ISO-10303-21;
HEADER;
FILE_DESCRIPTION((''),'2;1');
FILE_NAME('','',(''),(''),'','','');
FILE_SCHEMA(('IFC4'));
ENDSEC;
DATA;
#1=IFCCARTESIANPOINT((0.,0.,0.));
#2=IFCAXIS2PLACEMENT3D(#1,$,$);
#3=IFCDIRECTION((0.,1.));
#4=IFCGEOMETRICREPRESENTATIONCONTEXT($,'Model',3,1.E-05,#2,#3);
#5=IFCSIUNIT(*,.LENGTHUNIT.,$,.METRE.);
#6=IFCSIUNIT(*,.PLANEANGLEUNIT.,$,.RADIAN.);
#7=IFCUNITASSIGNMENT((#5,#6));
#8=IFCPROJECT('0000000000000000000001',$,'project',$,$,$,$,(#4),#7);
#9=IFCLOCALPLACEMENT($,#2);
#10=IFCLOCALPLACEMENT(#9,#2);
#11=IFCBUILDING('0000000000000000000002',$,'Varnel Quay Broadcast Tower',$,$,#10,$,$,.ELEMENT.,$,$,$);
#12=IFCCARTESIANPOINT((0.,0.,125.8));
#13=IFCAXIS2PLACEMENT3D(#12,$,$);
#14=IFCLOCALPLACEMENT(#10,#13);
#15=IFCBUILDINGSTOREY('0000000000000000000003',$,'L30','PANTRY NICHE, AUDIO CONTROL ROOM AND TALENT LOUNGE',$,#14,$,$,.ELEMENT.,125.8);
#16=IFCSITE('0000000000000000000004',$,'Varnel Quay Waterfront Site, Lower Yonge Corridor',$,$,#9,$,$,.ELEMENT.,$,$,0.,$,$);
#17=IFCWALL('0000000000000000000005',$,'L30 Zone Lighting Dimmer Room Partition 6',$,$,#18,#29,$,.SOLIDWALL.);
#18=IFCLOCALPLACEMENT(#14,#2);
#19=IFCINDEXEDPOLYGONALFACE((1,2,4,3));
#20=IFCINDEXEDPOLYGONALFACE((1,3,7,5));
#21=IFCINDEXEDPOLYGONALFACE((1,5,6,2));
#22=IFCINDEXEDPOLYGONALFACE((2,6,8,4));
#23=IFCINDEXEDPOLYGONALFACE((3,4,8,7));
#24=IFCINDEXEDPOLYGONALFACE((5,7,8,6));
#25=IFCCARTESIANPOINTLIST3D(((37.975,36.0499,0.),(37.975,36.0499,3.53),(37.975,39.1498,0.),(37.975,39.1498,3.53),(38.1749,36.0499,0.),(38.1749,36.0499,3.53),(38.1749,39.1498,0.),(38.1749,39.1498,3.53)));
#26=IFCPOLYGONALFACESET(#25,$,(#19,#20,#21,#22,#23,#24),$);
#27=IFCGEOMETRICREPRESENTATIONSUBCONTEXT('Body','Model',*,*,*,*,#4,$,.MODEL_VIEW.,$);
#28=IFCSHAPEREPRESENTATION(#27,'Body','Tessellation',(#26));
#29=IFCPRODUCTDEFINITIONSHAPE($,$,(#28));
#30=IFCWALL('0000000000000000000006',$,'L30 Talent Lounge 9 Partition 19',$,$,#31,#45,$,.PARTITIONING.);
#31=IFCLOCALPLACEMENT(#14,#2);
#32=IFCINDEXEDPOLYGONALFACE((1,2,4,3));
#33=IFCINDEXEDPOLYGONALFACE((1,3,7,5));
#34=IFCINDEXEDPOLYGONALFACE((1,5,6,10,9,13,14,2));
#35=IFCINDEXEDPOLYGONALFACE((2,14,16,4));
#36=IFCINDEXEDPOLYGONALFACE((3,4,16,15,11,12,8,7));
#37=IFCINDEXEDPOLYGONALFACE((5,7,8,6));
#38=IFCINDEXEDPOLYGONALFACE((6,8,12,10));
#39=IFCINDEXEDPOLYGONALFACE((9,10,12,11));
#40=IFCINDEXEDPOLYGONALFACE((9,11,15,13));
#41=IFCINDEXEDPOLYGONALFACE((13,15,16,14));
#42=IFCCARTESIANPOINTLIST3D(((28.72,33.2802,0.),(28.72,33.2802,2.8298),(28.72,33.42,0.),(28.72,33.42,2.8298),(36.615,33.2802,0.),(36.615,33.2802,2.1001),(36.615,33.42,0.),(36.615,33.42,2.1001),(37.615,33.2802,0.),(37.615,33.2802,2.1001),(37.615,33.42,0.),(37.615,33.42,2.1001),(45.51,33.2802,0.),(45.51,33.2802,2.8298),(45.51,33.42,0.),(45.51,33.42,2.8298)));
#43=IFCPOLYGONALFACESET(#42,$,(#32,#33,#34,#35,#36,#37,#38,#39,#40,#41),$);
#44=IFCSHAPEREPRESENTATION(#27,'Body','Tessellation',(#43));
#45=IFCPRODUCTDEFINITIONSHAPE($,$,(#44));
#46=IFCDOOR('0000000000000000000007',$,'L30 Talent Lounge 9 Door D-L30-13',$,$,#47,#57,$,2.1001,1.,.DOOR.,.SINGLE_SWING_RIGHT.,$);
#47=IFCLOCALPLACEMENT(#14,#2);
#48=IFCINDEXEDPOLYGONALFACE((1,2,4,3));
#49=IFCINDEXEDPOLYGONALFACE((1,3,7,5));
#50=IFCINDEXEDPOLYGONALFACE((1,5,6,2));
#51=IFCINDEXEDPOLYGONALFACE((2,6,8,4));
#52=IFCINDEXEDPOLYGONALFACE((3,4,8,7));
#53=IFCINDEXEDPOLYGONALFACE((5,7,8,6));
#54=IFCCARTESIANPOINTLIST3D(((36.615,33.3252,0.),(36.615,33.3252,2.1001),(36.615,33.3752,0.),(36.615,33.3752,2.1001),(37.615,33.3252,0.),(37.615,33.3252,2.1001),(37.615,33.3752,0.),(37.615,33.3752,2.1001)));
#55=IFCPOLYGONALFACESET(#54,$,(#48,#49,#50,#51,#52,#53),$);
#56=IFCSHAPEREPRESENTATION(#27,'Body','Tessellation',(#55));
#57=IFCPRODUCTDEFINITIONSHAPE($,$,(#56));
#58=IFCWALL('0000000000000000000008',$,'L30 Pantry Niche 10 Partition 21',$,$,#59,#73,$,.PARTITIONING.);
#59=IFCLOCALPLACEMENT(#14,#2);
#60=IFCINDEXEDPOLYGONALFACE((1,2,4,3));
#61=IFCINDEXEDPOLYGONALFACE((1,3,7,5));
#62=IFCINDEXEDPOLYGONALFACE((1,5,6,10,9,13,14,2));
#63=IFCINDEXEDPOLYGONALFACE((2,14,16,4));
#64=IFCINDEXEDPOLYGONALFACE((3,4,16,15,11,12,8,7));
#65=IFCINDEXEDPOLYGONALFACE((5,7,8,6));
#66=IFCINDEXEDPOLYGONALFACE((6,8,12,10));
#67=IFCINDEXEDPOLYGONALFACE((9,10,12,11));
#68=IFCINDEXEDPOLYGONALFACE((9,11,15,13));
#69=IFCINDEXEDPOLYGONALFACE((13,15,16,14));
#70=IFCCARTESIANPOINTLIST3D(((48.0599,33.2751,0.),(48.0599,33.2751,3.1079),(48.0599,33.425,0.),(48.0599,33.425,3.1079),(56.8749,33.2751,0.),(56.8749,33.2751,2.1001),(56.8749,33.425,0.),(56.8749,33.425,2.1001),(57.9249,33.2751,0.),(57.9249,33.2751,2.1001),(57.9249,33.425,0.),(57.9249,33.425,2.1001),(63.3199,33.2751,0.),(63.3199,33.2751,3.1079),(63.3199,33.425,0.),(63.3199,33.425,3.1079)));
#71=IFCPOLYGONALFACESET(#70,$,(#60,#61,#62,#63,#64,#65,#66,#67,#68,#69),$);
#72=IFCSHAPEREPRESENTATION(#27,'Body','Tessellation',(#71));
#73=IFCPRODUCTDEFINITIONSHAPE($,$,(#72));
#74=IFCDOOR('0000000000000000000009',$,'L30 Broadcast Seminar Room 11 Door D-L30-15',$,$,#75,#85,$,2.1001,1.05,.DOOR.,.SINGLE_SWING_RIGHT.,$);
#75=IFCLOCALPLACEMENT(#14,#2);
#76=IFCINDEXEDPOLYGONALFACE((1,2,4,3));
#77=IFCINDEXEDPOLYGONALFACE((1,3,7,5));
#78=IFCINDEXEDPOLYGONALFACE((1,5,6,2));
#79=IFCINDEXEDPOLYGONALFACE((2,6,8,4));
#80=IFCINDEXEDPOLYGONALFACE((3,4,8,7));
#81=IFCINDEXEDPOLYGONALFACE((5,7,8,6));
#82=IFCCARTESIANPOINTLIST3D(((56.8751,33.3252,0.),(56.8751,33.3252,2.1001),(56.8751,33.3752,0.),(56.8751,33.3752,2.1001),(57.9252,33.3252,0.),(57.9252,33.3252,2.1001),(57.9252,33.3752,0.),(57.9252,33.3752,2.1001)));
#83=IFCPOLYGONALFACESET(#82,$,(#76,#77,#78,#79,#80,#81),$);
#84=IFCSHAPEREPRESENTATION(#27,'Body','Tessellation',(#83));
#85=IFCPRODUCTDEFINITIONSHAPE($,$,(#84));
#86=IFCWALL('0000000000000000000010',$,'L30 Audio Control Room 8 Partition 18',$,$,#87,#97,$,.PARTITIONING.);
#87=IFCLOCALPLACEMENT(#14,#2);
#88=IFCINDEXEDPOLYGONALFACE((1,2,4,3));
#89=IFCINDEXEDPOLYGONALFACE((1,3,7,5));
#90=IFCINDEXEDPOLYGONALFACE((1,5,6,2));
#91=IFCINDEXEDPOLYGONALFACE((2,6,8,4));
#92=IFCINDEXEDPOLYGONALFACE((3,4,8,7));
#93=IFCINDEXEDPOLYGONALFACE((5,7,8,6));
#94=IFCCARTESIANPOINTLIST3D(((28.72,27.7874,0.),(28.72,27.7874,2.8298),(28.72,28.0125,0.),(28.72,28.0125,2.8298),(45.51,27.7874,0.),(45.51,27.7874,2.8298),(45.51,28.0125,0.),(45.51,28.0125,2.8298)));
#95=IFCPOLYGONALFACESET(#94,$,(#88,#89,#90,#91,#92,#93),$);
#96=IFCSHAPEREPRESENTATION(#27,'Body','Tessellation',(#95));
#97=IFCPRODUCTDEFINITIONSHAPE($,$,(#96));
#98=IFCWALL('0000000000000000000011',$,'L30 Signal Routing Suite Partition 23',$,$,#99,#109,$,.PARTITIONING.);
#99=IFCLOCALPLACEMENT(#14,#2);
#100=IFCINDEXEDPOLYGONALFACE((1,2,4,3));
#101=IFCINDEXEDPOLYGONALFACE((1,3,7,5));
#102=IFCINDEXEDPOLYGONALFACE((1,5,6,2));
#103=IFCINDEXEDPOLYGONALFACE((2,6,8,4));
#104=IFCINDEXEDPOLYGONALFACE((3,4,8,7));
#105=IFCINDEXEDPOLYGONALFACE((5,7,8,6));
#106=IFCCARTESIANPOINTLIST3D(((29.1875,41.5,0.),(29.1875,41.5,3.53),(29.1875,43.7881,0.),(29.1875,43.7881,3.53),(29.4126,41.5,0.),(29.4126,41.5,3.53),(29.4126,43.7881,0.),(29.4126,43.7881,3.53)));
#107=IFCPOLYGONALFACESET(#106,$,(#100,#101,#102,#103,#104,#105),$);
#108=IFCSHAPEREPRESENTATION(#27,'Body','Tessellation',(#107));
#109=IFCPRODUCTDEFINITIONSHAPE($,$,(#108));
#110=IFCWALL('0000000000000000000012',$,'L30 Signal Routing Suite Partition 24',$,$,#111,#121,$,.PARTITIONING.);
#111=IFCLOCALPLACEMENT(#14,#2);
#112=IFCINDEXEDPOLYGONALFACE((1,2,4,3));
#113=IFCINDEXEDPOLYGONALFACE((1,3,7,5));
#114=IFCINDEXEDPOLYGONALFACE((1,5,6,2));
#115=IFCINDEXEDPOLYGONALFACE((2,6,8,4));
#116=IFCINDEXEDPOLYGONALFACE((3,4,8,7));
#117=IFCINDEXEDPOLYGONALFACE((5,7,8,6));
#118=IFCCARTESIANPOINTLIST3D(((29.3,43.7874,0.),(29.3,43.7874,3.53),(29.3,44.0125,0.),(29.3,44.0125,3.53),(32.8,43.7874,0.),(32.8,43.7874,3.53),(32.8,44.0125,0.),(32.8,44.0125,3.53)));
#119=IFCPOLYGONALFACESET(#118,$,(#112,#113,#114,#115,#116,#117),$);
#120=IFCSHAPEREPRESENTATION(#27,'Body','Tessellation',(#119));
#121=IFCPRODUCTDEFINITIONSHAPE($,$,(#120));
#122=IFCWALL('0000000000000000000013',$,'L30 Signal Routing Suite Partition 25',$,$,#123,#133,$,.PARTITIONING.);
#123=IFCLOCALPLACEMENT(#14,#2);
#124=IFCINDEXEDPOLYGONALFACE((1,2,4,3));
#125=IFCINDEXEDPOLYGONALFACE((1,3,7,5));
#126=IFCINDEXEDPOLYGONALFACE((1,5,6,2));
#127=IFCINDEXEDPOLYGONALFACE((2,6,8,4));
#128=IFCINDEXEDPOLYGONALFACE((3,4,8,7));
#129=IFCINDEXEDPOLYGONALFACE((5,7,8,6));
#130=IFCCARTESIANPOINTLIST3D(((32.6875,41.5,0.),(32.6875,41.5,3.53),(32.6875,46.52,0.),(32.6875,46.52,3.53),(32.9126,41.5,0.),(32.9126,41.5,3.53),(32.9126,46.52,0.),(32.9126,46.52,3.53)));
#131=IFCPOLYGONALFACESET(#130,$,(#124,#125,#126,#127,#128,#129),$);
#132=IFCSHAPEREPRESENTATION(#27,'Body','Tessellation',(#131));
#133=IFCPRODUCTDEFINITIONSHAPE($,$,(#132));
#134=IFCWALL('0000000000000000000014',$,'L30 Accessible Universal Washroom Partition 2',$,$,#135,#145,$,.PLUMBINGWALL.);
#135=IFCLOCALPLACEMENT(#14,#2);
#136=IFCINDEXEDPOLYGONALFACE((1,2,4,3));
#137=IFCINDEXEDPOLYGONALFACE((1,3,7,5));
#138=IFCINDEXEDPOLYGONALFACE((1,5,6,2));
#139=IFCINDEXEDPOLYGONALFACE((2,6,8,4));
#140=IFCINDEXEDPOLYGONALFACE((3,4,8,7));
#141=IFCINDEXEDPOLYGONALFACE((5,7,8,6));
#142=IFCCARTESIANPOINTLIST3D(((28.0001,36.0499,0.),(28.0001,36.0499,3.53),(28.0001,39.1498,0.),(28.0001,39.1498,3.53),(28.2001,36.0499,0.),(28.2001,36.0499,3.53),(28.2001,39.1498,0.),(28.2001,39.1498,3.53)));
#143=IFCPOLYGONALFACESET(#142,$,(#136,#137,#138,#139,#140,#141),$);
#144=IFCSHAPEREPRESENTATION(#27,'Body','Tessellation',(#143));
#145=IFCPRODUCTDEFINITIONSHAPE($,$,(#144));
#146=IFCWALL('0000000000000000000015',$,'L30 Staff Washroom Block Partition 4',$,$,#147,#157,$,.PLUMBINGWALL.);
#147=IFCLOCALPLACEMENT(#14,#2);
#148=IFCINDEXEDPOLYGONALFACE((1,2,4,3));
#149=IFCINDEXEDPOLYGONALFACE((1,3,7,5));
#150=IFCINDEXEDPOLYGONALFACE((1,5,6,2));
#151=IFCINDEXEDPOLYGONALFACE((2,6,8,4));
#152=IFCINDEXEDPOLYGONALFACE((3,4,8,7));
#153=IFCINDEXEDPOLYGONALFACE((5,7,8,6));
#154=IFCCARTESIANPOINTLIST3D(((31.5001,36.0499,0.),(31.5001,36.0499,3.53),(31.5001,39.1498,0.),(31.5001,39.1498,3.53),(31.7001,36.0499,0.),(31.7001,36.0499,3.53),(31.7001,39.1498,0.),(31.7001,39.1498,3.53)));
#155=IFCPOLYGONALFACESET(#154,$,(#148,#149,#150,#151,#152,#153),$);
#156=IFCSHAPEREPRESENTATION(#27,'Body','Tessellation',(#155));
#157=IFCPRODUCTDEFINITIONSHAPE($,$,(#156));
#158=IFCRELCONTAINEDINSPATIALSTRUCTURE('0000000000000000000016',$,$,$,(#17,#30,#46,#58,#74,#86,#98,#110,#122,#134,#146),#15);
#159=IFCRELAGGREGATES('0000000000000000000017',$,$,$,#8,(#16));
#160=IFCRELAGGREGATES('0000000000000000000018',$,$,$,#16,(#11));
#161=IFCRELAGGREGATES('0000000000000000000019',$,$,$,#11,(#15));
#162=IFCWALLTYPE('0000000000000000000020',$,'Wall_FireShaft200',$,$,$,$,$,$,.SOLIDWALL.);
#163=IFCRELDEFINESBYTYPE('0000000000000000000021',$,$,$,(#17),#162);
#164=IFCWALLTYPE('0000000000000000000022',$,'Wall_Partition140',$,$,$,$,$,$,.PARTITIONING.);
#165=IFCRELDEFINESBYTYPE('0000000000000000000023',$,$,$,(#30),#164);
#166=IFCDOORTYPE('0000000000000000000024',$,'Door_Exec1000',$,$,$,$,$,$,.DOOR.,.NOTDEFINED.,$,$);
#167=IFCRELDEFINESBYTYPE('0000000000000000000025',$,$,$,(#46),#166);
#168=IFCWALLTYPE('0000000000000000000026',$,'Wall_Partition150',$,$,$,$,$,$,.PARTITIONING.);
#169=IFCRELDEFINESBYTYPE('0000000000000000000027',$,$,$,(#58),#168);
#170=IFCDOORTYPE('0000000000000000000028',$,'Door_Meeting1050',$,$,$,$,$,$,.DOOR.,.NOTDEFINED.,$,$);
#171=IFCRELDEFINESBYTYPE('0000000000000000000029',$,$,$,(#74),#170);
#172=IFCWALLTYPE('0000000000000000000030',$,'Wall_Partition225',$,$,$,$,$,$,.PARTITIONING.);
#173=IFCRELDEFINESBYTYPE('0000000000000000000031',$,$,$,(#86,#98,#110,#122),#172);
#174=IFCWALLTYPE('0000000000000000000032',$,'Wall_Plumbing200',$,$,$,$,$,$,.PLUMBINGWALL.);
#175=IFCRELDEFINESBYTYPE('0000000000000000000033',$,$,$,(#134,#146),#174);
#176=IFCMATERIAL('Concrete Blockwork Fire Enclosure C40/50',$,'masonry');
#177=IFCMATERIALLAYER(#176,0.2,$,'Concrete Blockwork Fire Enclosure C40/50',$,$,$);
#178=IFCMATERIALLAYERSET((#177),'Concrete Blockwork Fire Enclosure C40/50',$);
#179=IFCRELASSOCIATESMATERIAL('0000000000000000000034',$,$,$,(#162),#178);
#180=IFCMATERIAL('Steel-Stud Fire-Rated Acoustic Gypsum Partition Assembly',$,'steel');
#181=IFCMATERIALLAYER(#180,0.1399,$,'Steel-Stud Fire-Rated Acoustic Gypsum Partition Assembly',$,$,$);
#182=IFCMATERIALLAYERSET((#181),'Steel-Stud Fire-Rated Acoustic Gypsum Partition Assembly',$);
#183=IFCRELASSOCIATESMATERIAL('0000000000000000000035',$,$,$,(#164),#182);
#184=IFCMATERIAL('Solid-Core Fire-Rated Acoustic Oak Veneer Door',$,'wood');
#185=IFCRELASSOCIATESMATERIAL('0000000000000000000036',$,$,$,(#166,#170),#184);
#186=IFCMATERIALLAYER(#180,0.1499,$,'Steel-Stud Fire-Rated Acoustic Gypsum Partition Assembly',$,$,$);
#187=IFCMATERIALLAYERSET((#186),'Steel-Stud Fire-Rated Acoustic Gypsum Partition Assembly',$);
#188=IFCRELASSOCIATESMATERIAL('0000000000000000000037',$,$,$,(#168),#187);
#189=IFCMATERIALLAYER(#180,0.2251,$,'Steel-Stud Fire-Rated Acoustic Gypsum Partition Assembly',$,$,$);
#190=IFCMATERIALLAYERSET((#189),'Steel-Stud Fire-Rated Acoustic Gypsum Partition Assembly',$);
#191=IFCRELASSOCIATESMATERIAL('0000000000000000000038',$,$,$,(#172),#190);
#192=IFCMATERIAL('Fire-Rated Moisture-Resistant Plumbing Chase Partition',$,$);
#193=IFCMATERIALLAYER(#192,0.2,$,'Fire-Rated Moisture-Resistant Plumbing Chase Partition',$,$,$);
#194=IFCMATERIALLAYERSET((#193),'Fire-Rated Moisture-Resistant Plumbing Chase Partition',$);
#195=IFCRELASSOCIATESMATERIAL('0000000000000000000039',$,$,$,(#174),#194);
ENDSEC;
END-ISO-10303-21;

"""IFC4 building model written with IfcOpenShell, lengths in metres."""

from ifc_helpers import new_model, si_unit, direction, frame, frame_2d, origin, place, context, subcontext, project, spatial, rectangle, extrude, source, transform, mapped, material, layer, layer_set, type_object, type_shapes, element, fill, save


model = new_model("IFC4")

# Units and contexts
model_context = context("Model", 3, precision=1e-05, world=origin(), true_north=direction((0.0, 1.0)))
body_context = subcontext(model_context, "Body", "Model", "MODEL_VIEW")
ifc_project = project(units=[si_unit("LENGTHUNIT", "METRE"), si_unit("PLANEANGLEUNIT", "RADIAN")], contexts=[model_context])

# Site, building, storey
site_placement = place(None, origin())
site = spatial("IfcSite", under=ifc_project, at=site_placement, Name="Varnel Quay Waterfront Site, Lower Yonge Corridor", CompositionType="ELEMENT", RefElevation=0.0)
building_placement = place(site_placement, origin())
building = spatial("IfcBuilding", under=site, at=building_placement, Name="Varnel Quay Broadcast Tower", CompositionType="ELEMENT")
storey_placement = place(building_placement, frame((0.0, 0.0, 125.8)))
storey = spatial("IfcBuildingStorey", under=building, at=storey_placement, Name="L30", Description="PANTRY NICHE, AUDIO CONTROL ROOM AND TALENT LOUNGE", CompositionType="ELEMENT", Elevation=125.8)

# Wall
ifc_material_1 = material(Name="Concrete Blockwork Fire Enclosure C40/50", Category="masonry")
ifc_layer_1 = layer(ifc_material_1, 0.2, Name="Concrete Blockwork Fire Enclosure C40/50")
ifc_layer_set_1 = layer_set([ifc_layer_1], Name="Concrete Blockwork Fire Enclosure C40/50")
wall_type_1 = type_object("IfcWallType", Name="Wall_FireShaft200", PredefinedType="SOLIDWALL", material=ifc_layer_set_1)
for number, where, z_axis, x_axis, name in (
    (1, (38.075, 36.05, 0.0), (0.0, 0.0, 1.0), (0.0, 1.0, 0.0), "L30 Zone Lighting Dimmer Room Partition 6"),
):
    element("IfcWall", number, at=place(storey_placement, frame(where, z_axis=z_axis, x_axis=x_axis)), inside=storey, type_object=wall_type_1, Name=name, PredefinedType="SOLIDWALL", context=body_context, shape_type="SweptSolid", body=[
        extrude(rectangle(XDim=3.0999, YDim=0.2, at=frame_2d((1.5498, 0.0))), origin(), (0.0, 0.0, 1.0), 3.53),
    ])

# Walls, openings, doors
ifc_material_2 = material(Name="Steel-Stud Fire-Rated Acoustic Gypsum Partition Assembly", Category="steel")
ifc_layer_2 = layer(ifc_material_2, 0.1399, Name="Steel-Stud Fire-Rated Acoustic Gypsum Partition Assembly")
ifc_layer_set_2 = layer_set([ifc_layer_2], Name="Steel-Stud Fire-Rated Acoustic Gypsum Partition Assembly")
wall_type_2 = type_object("IfcWallType", Name="Wall_Partition140", PredefinedType="PARTITIONING", material=ifc_layer_set_2)
wall_1_placement = place(storey_placement, frame((28.72, 33.3501, 0.0), z_axis=(0.0, 0.0, 1.0), x_axis=(1.0, 0.0, 0.0)))
wall_1 = element("IfcWall", 2, at=wall_1_placement, inside=storey, type_object=wall_type_2, Name="L30 Talent Lounge 9 Partition 19", PredefinedType="PARTITIONING", context=body_context, shape_type="SweptSolid", body=[
    extrude(rectangle(XDim=16.79, YDim=0.1399, at=frame_2d((8.395, 0.0))), origin(), (0.0, 0.0, 1.0), 2.8298),
])
opening_1_placement = place(wall_1_placement, frame((7.895, 0.0, 0.0)))
opening_1 = element("IfcOpeningElement", 3, at=opening_1_placement, cuts=wall_1, PredefinedType="OPENING", context=body_context, shape_type="SweptSolid", body=[
    extrude(rectangle(XDim=1.0, YDim=2.1001, at=frame_2d((0.5, 1.05))), frame((0.0, 0.0801, 0.0), z_axis=(0.0, -1.0, 0.0), x_axis=(1.0, 0.0, 0.0)), (0.0, 0.0, 1.0), 0.1599),
])
ifc_material_3 = material(Name="Solid-Core Fire-Rated Acoustic Oak Veneer Door", Category="wood")
door_type_1 = type_object("IfcDoorType", Name="Door_Exec1000", OperationType="NOTDEFINED", PredefinedType="DOOR", material=ifc_material_3)
shared_shape_1 = source(origin(), body_context, "Body", "SweptSolid", [
    extrude(rectangle(XDim=1.0, YDim=2.1001, at=frame_2d((0.5, 1.05))), frame((0.0, 0.0249, 0.0), z_axis=(0.0, -1.0, 0.0), x_axis=(1.0, 0.0, 0.0)), (0.0, 0.0, 1.0), 0.05),
])
type_shapes(door_type_1, [shared_shape_1])
door_1_placement = place(opening_1_placement, frame((1.0, 0.0, 0.0), z_axis=(0.0, 0.0, 1.0), x_axis=(-1.0, 0.0, 0.0)))
door_1 = element("IfcDoor", 4, at=door_1_placement, inside=storey, type_object=door_type_1, Name="L30 Talent Lounge 9 Door D-L30-13", OperationType="SINGLE_SWING_RIGHT", OverallHeight=2.1001, OverallWidth=1.0, PredefinedType="DOOR", context=body_context, shape_type="MappedRepresentation", body=[
    mapped(shared_shape_1, transform((0.0, 0.0, 0.0), x_axis=(1.0, 0.0, 0.0), y_axis=(0.0, 1.0, 0.0), z_axis=(0.0, 0.0, 1.0), scale=1.0)),
])
fill(opening_1, door_1)
ifc_layer_3 = layer(ifc_material_2, 0.1499, Name="Steel-Stud Fire-Rated Acoustic Gypsum Partition Assembly")
ifc_layer_set_3 = layer_set([ifc_layer_3], Name="Steel-Stud Fire-Rated Acoustic Gypsum Partition Assembly")
wall_type_3 = type_object("IfcWallType", Name="Wall_Partition150", PredefinedType="PARTITIONING", material=ifc_layer_set_3)
wall_2_placement = place(storey_placement, frame((48.0601, 33.3501, 0.0), z_axis=(0.0, 0.0, 1.0), x_axis=(1.0, 0.0, 0.0)))
wall_2 = element("IfcWall", 5, at=wall_2_placement, inside=storey, type_object=wall_type_3, Name="L30 Pantry Niche 10 Partition 21", PredefinedType="PARTITIONING", context=body_context, shape_type="SweptSolid", body=[
    extrude(rectangle(XDim=15.26, YDim=0.1499, at=frame_2d((7.6299, 0.0))), origin(), (0.0, 0.0, 1.0), 3.1079),
])
opening_2_placement = place(wall_2_placement, frame((8.8149, 0.0, 0.0)))
opening_2 = element("IfcOpeningElement", 6, at=opening_2_placement, cuts=wall_2, PredefinedType="OPENING", context=body_context, shape_type="SweptSolid", body=[
    extrude(rectangle(XDim=1.05, YDim=2.1001, at=frame_2d((0.5249, 1.05))), frame((0.0, 0.085, 0.0), z_axis=(0.0, -1.0, 0.0), x_axis=(1.0, 0.0, 0.0)), (0.0, 0.0, 1.0), 0.1699),
])
door_type_2 = type_object("IfcDoorType", Name="Door_Meeting1050", OperationType="NOTDEFINED", PredefinedType="DOOR", material=ifc_material_3)
shared_shape_2 = source(origin(), body_context, "Body", "SweptSolid", [
    extrude(rectangle(XDim=1.05, YDim=2.1001, at=frame_2d((0.5249, 1.05))), frame((0.0, 0.0249, 0.0), z_axis=(0.0, -1.0, 0.0), x_axis=(1.0, 0.0, 0.0)), (0.0, 0.0, 1.0), 0.05),
])
type_shapes(door_type_2, [shared_shape_2])
door_2_placement = place(opening_2_placement, frame((1.05, 0.0, 0.0), z_axis=(0.0, 0.0, 1.0), x_axis=(-1.0, 0.0, 0.0)))
door_2 = element("IfcDoor", 7, at=door_2_placement, inside=storey, type_object=door_type_2, Name="L30 Broadcast Seminar Room 11 Door D-L30-15", OperationType="SINGLE_SWING_RIGHT", OverallHeight=2.1001, OverallWidth=1.05, PredefinedType="DOOR", context=body_context, shape_type="MappedRepresentation", body=[
    mapped(shared_shape_2, transform((0.0, 0.0, 0.0), x_axis=(1.0, 0.0, 0.0), y_axis=(0.0, 1.0, 0.0), z_axis=(0.0, 0.0, 1.0), scale=1.0)),
])
fill(opening_2, door_2)

# Walls
ifc_layer_4 = layer(ifc_material_2, 0.2251, Name="Steel-Stud Fire-Rated Acoustic Gypsum Partition Assembly")
ifc_layer_set_4 = layer_set([ifc_layer_4], Name="Steel-Stud Fire-Rated Acoustic Gypsum Partition Assembly")
wall_type_4 = type_object("IfcWallType", Name="Wall_Partition225", PredefinedType="PARTITIONING", material=ifc_layer_set_4)
wall_3_placement = place(storey_placement, frame((28.72, 27.8999, 0.0), z_axis=(0.0, 0.0, 1.0), x_axis=(1.0, 0.0, 0.0)))
element("IfcWall", 8, at=wall_3_placement, inside=storey, type_object=wall_type_4, Name="L30 Audio Control Room 8 Partition 18", PredefinedType="PARTITIONING", context=body_context, shape_type="SweptSolid", body=[
    extrude(rectangle(XDim=16.79, YDim=0.2251, at=frame_2d((8.395, 0.0))), origin(), (0.0, 0.0, 1.0), 2.8298),
])
wall_4_placement = place(storey_placement, frame((29.3, 41.5, 0.0), z_axis=(0.0, 0.0, 1.0), x_axis=(0.0, 1.0, 0.0)))
element("IfcWall", 9, at=wall_4_placement, inside=storey, type_object=wall_type_4, Name="L30 Signal Routing Suite Partition 23", PredefinedType="PARTITIONING", context=body_context, shape_type="SweptSolid", body=[
    extrude(rectangle(XDim=2.2881, YDim=0.2251, at=frame_2d((1.144, 0.0))), origin(), (0.0, 0.0, 1.0), 3.53),
])
wall_5_placement = place(storey_placement, frame((29.3, 43.8999, 0.0), z_axis=(0.0, 0.0, 1.0), x_axis=(1.0, 0.0, 0.0)))
element("IfcWall", 10, at=wall_5_placement, inside=storey, type_object=wall_type_4, Name="L30 Signal Routing Suite Partition 24", PredefinedType="PARTITIONING", context=body_context, shape_type="SweptSolid", body=[
    extrude(rectangle(XDim=3.5, YDim=0.2251, at=frame_2d((1.75, 0.0))), origin(), (0.0, 0.0, 1.0), 3.53),
])
wall_6_placement = place(storey_placement, frame((32.8, 41.5, 0.0), z_axis=(0.0, 0.0, 1.0), x_axis=(0.0, 1.0, 0.0)))
element("IfcWall", 11, at=wall_6_placement, inside=storey, type_object=wall_type_4, Name="L30 Signal Routing Suite Partition 25", PredefinedType="PARTITIONING", context=body_context, shape_type="SweptSolid", body=[
    extrude(rectangle(XDim=5.02, YDim=0.2251, at=frame_2d((2.51, 0.0))), origin(), (0.0, 0.0, 1.0), 3.53),
])
ifc_material_4 = material(Name="Fire-Rated Moisture-Resistant Plumbing Chase Partition")
ifc_layer_5 = layer(ifc_material_4, 0.2, Name="Fire-Rated Moisture-Resistant Plumbing Chase Partition")
ifc_layer_set_5 = layer_set([ifc_layer_5], Name="Fire-Rated Moisture-Resistant Plumbing Chase Partition")
wall_type_5 = type_object("IfcWallType", Name="Wall_Plumbing200", PredefinedType="PLUMBINGWALL", material=ifc_layer_set_5)
for number, where, z_axis, x_axis, name in (
    (12, (28.1001, 36.05, 0.0), (0.0, 0.0, 1.0), (0.0, 1.0, 0.0), "L30 Accessible Universal Washroom Partition 2"),
    (13, (31.6001, 36.05, 0.0), (0.0, 0.0, 1.0), (0.0, 1.0, 0.0), "L30 Staff Washroom Block Partition 4"),
):
    element("IfcWall", number, at=place(storey_placement, frame(where, z_axis=z_axis, x_axis=x_axis)), inside=storey, type_object=wall_type_5, Name=name, PredefinedType="PLUMBINGWALL", context=body_context, shape_type="SweptSolid", body=[
        extrude(rectangle(XDim=3.0999, YDim=0.2, at=frame_2d((1.5498, 0.0))), origin(), (0.0, 0.0, 1.0), 3.53),
    ])

save(model, "model.ifc")
